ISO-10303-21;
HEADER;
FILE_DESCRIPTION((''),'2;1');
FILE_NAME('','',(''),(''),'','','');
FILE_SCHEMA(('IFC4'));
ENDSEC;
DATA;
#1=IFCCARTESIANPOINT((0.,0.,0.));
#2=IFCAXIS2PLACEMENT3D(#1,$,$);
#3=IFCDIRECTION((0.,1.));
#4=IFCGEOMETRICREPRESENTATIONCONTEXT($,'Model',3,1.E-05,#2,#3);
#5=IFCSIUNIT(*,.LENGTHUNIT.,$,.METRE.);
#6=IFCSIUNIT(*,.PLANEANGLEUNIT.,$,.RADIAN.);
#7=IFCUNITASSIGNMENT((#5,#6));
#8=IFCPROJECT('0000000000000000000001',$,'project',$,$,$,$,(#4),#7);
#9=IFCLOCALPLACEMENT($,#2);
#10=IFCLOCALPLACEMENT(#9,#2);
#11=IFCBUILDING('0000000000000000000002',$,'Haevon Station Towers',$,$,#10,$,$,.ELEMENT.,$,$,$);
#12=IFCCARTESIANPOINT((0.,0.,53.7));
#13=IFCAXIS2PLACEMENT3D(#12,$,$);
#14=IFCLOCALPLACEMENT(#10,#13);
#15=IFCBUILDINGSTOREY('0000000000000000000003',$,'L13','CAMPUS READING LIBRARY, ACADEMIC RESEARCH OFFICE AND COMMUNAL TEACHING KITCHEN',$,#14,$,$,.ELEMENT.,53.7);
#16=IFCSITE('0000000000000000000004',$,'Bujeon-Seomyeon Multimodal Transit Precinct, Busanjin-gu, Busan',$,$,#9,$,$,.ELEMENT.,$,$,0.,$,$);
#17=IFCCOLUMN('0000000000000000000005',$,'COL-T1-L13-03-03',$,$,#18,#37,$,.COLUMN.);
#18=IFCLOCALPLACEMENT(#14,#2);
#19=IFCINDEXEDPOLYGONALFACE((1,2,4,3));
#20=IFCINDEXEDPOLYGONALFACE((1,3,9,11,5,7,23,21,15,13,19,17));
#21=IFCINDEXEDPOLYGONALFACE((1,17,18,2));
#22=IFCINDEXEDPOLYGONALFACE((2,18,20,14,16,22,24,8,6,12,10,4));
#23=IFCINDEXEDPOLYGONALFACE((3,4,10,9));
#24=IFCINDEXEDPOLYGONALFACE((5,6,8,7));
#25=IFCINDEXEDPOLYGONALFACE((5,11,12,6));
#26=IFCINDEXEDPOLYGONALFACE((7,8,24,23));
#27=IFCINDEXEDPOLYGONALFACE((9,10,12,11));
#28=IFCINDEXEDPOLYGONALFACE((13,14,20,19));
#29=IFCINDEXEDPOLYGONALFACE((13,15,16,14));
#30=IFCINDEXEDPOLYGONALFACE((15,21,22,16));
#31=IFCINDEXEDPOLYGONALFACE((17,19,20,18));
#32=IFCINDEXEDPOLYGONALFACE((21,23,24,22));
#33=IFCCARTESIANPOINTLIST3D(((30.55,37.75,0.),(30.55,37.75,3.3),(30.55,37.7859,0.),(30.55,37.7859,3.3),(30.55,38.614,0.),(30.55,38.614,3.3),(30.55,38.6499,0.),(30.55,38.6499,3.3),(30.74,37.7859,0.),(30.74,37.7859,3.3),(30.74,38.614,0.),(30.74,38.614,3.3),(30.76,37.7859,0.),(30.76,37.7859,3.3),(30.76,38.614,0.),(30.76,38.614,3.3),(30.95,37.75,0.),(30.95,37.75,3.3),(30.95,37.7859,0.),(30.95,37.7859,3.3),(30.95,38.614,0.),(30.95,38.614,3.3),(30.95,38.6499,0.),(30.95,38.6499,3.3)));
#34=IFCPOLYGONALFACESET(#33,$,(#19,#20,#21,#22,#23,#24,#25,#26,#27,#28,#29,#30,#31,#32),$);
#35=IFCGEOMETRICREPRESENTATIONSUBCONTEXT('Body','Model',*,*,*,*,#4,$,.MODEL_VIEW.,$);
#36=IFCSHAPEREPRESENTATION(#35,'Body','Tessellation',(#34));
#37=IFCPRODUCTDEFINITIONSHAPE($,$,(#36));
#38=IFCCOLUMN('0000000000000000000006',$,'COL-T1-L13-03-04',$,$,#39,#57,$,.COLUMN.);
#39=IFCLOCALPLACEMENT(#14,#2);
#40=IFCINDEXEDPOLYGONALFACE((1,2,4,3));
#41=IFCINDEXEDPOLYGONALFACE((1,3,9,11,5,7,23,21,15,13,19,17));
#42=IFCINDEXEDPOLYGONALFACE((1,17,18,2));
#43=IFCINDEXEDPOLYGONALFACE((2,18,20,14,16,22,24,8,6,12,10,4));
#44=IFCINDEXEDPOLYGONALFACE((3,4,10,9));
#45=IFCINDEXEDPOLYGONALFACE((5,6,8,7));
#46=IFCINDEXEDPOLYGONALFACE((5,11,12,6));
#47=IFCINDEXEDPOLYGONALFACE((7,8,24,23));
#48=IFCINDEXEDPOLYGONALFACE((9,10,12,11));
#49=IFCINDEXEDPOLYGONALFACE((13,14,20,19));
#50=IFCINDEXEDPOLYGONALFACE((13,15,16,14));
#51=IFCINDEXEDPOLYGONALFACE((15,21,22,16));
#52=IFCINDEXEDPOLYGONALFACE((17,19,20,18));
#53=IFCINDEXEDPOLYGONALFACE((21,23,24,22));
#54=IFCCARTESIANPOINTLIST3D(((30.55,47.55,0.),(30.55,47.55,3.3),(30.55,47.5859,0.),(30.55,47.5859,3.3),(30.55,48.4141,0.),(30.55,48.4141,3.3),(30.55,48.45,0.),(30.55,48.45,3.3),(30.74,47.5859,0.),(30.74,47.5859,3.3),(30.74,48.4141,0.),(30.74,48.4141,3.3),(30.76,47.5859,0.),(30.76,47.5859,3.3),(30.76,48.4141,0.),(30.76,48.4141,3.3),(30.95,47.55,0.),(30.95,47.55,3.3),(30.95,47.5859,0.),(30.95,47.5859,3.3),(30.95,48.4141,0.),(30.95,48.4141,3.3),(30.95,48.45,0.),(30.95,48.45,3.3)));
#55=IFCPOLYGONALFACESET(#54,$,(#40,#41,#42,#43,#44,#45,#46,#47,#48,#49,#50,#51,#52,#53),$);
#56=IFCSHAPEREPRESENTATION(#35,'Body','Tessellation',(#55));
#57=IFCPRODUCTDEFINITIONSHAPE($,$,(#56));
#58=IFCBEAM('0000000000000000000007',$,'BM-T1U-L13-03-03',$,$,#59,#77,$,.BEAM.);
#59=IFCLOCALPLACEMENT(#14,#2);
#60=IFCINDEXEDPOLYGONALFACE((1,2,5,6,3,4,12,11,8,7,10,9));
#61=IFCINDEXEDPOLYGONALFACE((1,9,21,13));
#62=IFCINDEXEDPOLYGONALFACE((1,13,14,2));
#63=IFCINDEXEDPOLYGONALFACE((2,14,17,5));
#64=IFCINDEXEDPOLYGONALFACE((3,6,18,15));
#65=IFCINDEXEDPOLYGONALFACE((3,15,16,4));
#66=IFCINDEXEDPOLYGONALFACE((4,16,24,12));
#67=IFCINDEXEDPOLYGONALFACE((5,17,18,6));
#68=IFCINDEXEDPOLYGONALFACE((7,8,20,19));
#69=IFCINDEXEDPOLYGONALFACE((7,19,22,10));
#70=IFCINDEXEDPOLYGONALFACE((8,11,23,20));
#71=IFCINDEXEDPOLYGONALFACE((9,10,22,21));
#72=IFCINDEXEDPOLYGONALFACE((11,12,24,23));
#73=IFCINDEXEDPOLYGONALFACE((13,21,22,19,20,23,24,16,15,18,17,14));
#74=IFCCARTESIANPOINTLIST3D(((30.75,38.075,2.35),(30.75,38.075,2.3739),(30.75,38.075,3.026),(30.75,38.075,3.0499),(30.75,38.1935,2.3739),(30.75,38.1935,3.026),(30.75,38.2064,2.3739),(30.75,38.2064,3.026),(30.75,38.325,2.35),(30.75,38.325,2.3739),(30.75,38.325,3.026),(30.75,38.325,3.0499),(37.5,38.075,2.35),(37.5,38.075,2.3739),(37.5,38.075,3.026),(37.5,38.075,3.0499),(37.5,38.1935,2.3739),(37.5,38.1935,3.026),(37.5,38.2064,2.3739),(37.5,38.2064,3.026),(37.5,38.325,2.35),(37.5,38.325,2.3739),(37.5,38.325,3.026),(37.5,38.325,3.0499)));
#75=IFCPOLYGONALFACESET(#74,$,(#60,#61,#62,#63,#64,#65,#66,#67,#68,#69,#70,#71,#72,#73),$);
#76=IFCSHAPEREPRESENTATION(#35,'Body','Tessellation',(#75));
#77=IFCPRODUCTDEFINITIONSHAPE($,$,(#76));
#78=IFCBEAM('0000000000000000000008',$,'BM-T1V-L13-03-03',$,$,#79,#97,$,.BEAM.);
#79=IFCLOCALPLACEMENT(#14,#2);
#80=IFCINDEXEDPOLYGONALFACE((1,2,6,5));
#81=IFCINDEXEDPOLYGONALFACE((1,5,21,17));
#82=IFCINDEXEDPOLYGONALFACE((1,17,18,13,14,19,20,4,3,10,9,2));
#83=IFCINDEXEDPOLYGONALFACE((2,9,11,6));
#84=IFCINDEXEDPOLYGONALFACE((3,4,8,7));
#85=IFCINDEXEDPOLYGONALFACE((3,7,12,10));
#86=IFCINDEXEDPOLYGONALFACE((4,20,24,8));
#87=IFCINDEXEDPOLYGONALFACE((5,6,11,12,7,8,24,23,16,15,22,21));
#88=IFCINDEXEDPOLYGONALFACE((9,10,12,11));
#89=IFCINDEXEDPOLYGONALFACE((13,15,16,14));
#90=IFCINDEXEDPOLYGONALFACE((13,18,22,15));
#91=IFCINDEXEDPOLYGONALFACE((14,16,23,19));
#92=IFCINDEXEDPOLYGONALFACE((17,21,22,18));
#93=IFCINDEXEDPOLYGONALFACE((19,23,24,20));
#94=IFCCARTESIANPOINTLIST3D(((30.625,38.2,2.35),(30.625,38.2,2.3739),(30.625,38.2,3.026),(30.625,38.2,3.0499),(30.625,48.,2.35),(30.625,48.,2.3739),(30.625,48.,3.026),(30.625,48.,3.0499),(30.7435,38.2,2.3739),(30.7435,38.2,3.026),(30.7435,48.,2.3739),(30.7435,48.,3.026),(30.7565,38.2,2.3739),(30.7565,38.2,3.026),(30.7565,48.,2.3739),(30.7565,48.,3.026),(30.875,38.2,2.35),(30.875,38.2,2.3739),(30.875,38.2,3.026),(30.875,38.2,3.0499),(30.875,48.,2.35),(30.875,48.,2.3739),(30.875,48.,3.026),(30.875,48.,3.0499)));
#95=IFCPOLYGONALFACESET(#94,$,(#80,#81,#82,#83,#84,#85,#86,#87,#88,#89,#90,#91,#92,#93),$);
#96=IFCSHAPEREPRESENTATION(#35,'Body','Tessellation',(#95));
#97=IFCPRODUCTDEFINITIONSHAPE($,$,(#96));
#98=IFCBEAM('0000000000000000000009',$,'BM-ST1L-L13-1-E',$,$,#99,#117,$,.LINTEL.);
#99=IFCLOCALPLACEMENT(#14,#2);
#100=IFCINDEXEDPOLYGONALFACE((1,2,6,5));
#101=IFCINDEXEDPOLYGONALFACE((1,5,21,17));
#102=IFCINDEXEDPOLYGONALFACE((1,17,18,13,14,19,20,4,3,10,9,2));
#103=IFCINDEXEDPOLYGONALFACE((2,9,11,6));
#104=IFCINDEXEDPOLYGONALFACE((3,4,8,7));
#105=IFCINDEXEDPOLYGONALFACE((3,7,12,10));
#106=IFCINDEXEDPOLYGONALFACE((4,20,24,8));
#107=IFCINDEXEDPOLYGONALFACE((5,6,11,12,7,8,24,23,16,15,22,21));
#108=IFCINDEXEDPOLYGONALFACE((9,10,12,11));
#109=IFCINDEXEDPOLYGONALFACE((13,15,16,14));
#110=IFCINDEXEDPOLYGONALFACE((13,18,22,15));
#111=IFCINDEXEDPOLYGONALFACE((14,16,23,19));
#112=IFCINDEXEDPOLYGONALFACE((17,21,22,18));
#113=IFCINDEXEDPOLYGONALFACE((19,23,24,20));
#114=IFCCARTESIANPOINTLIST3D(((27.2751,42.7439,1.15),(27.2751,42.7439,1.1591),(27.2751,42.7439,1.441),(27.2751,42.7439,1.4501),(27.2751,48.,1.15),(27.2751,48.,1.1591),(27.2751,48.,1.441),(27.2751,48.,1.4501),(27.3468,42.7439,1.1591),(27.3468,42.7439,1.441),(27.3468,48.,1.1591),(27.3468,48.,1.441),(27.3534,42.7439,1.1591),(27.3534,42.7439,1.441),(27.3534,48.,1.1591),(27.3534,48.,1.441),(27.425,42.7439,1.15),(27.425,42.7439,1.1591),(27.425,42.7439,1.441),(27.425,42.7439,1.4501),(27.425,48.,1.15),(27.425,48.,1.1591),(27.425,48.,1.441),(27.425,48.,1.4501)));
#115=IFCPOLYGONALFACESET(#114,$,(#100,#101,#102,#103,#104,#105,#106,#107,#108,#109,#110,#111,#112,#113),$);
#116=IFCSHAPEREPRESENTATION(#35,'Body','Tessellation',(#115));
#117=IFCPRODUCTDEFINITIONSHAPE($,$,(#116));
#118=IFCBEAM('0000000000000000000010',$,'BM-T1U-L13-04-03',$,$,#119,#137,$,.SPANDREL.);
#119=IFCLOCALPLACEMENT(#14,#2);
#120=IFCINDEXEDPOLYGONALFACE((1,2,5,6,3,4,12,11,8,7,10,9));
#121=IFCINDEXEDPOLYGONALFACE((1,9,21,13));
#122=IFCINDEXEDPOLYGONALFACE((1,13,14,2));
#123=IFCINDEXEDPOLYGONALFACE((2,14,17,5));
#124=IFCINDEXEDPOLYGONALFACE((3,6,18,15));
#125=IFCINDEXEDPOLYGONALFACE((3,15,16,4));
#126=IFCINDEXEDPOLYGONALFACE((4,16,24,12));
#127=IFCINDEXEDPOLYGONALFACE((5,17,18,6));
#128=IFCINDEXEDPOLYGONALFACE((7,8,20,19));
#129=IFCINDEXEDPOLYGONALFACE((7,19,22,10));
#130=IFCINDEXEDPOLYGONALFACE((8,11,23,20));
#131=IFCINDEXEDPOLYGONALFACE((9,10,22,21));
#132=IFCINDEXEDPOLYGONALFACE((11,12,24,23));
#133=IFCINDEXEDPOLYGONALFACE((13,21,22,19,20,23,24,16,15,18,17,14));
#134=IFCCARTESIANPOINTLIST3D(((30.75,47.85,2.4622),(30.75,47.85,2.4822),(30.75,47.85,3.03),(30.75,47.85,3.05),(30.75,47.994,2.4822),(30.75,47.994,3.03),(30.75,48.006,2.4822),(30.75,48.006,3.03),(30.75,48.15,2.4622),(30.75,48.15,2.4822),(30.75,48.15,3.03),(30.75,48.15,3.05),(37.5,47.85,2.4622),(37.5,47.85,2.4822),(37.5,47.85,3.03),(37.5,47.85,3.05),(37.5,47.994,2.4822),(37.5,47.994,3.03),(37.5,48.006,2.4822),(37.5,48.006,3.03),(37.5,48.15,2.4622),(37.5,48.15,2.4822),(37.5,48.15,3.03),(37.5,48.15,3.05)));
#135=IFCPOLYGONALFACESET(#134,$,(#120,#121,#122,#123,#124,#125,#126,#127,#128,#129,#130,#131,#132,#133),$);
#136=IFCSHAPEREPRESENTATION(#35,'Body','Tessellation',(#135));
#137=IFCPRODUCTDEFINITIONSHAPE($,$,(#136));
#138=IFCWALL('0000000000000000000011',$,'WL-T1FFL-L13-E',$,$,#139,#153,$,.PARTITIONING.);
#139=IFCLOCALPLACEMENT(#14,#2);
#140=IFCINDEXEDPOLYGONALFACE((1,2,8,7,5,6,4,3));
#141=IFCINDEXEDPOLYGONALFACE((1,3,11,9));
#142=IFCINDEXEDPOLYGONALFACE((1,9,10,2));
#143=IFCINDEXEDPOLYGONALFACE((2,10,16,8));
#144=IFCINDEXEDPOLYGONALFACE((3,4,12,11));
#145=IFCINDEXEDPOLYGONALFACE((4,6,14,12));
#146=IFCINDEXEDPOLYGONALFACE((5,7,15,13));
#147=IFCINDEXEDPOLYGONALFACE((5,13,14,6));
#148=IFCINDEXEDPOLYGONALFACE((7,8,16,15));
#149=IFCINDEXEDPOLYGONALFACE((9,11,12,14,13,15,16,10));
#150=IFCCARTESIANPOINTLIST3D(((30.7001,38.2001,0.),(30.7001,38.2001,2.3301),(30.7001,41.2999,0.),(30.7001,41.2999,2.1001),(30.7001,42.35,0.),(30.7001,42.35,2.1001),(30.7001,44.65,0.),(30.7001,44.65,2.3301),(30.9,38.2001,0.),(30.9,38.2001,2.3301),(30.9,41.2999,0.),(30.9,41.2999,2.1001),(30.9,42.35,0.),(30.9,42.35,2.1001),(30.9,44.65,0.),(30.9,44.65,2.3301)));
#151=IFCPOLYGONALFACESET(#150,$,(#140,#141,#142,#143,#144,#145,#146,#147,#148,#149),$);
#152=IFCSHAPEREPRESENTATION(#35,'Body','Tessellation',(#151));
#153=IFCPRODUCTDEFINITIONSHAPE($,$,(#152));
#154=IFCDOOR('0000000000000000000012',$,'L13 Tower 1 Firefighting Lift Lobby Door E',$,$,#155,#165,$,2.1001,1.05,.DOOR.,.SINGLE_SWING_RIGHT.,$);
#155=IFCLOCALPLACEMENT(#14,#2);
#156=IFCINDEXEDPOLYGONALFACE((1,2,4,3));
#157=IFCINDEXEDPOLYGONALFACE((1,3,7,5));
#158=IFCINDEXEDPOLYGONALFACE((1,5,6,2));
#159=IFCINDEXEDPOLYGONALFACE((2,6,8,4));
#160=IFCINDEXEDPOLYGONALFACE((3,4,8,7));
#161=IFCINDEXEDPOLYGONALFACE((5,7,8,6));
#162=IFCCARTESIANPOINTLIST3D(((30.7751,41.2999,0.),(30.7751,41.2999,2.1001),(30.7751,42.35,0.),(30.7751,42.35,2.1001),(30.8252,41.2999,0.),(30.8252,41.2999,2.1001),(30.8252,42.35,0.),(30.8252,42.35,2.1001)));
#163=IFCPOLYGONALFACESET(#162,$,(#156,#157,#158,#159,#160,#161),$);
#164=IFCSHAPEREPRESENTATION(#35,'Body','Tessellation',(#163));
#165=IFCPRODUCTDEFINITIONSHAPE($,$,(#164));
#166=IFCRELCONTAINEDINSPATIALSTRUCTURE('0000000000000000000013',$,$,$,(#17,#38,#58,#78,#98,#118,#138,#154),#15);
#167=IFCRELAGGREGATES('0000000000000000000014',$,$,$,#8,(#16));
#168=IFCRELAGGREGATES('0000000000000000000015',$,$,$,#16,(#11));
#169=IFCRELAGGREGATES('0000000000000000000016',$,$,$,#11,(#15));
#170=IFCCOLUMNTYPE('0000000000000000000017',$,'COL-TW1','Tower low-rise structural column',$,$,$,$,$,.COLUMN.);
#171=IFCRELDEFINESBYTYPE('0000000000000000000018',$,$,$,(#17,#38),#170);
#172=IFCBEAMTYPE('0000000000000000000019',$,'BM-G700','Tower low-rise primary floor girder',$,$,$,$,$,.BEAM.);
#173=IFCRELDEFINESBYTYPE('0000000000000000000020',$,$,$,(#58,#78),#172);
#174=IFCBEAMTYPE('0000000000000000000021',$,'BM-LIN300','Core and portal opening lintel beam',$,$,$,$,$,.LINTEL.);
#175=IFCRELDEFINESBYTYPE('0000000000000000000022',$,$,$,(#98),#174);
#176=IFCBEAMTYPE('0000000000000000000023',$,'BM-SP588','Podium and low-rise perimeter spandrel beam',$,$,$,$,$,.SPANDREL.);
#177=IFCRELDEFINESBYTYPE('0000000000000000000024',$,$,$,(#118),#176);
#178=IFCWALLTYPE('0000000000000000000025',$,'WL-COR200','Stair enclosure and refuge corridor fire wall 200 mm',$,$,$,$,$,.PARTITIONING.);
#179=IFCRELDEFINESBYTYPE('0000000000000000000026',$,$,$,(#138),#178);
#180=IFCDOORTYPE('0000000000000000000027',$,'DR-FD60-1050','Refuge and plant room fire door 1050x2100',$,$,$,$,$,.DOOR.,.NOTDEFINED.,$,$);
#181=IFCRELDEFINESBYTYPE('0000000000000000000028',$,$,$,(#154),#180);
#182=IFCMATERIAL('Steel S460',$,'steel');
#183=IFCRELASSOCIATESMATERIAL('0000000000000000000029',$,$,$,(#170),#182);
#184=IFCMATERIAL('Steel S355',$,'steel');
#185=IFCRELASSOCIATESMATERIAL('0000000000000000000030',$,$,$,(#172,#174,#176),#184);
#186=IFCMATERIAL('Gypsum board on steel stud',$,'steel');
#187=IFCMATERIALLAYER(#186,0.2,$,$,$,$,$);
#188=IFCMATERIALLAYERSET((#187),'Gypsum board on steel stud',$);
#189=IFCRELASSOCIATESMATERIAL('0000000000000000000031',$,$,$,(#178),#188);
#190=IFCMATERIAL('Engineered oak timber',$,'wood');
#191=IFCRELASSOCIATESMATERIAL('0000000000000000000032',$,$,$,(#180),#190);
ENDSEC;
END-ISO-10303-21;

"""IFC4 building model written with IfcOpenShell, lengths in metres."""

from ifc_helpers import new_model, si_unit, direction, frame, frame_2d, origin, origin_2d, place, context, subcontext, project, spatial, rectangle, i_section, extrude, material, layer, layer_set, material_profile, profile_set, type_object, element, fill, save


model = new_model("IFC4")

# Units and contexts
model_context = context("Model", 3, precision=1e-05, world=origin(), true_north=direction((0.0, 1.0)))
body_context = subcontext(model_context, "Body", "Model", "MODEL_VIEW")
ifc_project = project(units=[si_unit("LENGTHUNIT", "METRE"), si_unit("PLANEANGLEUNIT", "RADIAN")], contexts=[model_context])

# Site, building, storey
site_placement = place(None, origin())
site = spatial("IfcSite", under=ifc_project, at=site_placement, Name="Bujeon-Seomyeon Multimodal Transit Precinct, Busanjin-gu, Busan", CompositionType="ELEMENT", RefElevation=0.0)
building_placement = place(site_placement, origin())
building = spatial("IfcBuilding", under=site, at=building_placement, Name="Haevon Station Towers", CompositionType="ELEMENT")
storey_placement = place(building_placement, frame((0.0, 0.0, 53.7)))
storey = spatial("IfcBuildingStorey", under=building, at=storey_placement, Name="L13", Description="CAMPUS READING LIBRARY, ACADEMIC RESEARCH OFFICE AND COMMUNAL TEACHING KITCHEN", CompositionType="ELEMENT", Elevation=53.7)

# Columns
ifc_material_1 = material(Name="Steel S460", Category="steel")
ifc_material_profile_1 = material_profile(ifc_material_1, i_section(OverallWidth=0.3999, OverallDepth=0.8999, WebThickness=0.02, FlangeThickness=0.0359, at=origin_2d()), Name="H-900x400x20x36")
ifc_profile_set_1 = profile_set([ifc_material_profile_1], Name="Steel S460")
column_type = type_object("IfcColumnType", Name="COL-TW1", Description="Tower low-rise structural column", PredefinedType="COLUMN", material=ifc_profile_set_1)
for number, where, z_axis, x_axis, name in (
    (1, (30.75, 38.2, 0.0), (0.0, 0.0, 1.0), (1.0, 0.0, 0.0), "COL-T1-L13-03-03"),
    (2, (30.75, 48.0, 0.0), (0.0, 0.0, 1.0), (1.0, 0.0, 0.0), "COL-T1-L13-03-04"),
):
    element("IfcColumn", number, at=place(storey_placement, frame(where, z_axis=z_axis, x_axis=x_axis)), inside=storey, type_object=column_type, Name=name, PredefinedType="COLUMN", context=body_context, shape_type="SweptSolid", body=[
        extrude(i_section(OverallWidth=0.3999, OverallDepth=0.8999, WebThickness=0.02, FlangeThickness=0.0359, at=origin_2d()), origin(), (0.0, 0.0, 1.0), 3.3),
    ])

# Beams
ifc_material_2 = material(Name="Steel S355", Category="steel")
ifc_material_profile_2 = material_profile(ifc_material_2, i_section(OverallWidth=0.25, OverallDepth=0.7, WebThickness=0.0129, FlangeThickness=0.0239, at=origin_2d()), Name="H-700x250x13x24")
ifc_profile_set_2 = profile_set([ifc_material_profile_2], Name="Steel S355")
beam_type_1 = type_object("IfcBeamType", Name="BM-G700", Description="Tower low-rise primary floor girder", PredefinedType="BEAM", material=ifc_profile_set_2)
beam_1_placement = place(storey_placement, frame((30.75, 38.2, 2.7), z_axis=(1.0, 0.0, 0.0), x_axis=(0.0, 1.0, 0.0)))
element("IfcBeam", 3, at=beam_1_placement, inside=storey, type_object=beam_type_1, Name="BM-T1U-L13-03-03", PredefinedType="BEAM", context=body_context, shape_type="SweptSolid", body=[
    extrude(i_section(OverallWidth=0.25, OverallDepth=0.7, WebThickness=0.0129, FlangeThickness=0.0239, at=origin_2d()), origin(), (0.0, 0.0, 1.0), 6.75),
])
beam_2_placement = place(storey_placement, frame((30.75, 38.2, 2.7), z_axis=(0.0, 1.0, 0.0), x_axis=(-1.0, 0.0, 0.0)))
element("IfcBeam", 4, at=beam_2_placement, inside=storey, type_object=beam_type_1, Name="BM-T1V-L13-03-03", PredefinedType="BEAM", context=body_context, shape_type="SweptSolid", body=[
    extrude(i_section(OverallWidth=0.25, OverallDepth=0.7, WebThickness=0.0129, FlangeThickness=0.0239, at=origin_2d()), origin(), (0.0, 0.0, 1.0), 9.8),
])
ifc_material_profile_3 = material_profile(ifc_material_2, i_section(OverallWidth=0.1499, OverallDepth=0.3, WebThickness=0.0066, FlangeThickness=0.009, at=origin_2d()), Name="H-300x150x6.5x9")
ifc_profile_set_3 = profile_set([ifc_material_profile_3], Name="Steel S355")
beam_type_2 = type_object("IfcBeamType", Name="BM-LIN300", Description="Core and portal opening lintel beam", PredefinedType="LINTEL", material=ifc_profile_set_3)
beam_3_placement = place(storey_placement, frame((27.3501, 42.7439, 1.3), z_axis=(0.0, 1.0, 0.0), x_axis=(-1.0, 0.0, 0.0)))
element("IfcBeam", 5, at=beam_3_placement, inside=storey, type_object=beam_type_2, Name="BM-ST1L-L13-1-E", PredefinedType="LINTEL", context=body_context, shape_type="SweptSolid", body=[
    extrude(i_section(OverallWidth=0.1499, OverallDepth=0.3, WebThickness=0.0066, FlangeThickness=0.009, at=origin_2d()), origin(), (0.0, 0.0, 1.0), 5.2561),
])
ifc_material_profile_4 = material_profile(ifc_material_2, i_section(OverallWidth=0.3, OverallDepth=0.5879, WebThickness=0.012, FlangeThickness=0.02, at=origin_2d()), Name="H-588x300x12x20")
ifc_profile_set_4 = profile_set([ifc_material_profile_4], Name="Steel S355")
beam_type_3 = type_object("IfcBeamType", Name="BM-SP588", Description="Podium and low-rise perimeter spandrel beam", PredefinedType="SPANDREL", material=ifc_profile_set_4)
beam_4_placement = place(storey_placement, frame((30.75, 48.0, 2.7561), z_axis=(1.0, 0.0, 0.0), x_axis=(0.0, 1.0, 0.0)))
element("IfcBeam", 6, at=beam_4_placement, inside=storey, type_object=beam_type_3, Name="BM-T1U-L13-04-03", PredefinedType="SPANDREL", context=body_context, shape_type="SweptSolid", body=[
    extrude(i_section(OverallWidth=0.3, OverallDepth=0.5879, WebThickness=0.012, FlangeThickness=0.02, at=origin_2d()), origin(), (0.0, 0.0, 1.0), 6.75),
])

# Wall, opening, door
ifc_material_3 = material(Name="Gypsum board on steel stud", Category="steel")
ifc_layer_1 = layer(ifc_material_3, 0.2)
ifc_layer_set_1 = layer_set([ifc_layer_1], Name="Gypsum board on steel stud")
wall_type_1 = type_object("IfcWallType", Name="WL-COR200", Description="Stair enclosure and refuge corridor fire wall 200 mm", PredefinedType="PARTITIONING", material=ifc_layer_set_1)
wall_1_placement = place(storey_placement, frame((30.8, 38.2, 0.0), z_axis=(0.0, 0.0, 1.0), x_axis=(0.0, 1.0, 0.0)))
wall_1 = element("IfcWall", 7, at=wall_1_placement, inside=storey, type_object=wall_type_1, Name="WL-T1FFL-L13-E", PredefinedType="PARTITIONING", context=body_context, shape_type="SweptSolid", body=[
    extrude(rectangle(XDim=6.45, YDim=0.2, at=frame_2d((3.2251, 0.0))), origin(), (0.0, 0.0, 1.0), 2.3301),
])
opening_1_placement = place(wall_1_placement, frame((3.1001, 0.0, 0.0)))
opening_1 = element("IfcOpeningElement", 8, at=opening_1_placement, cuts=wall_1, PredefinedType="OPENING", context=body_context, shape_type="SweptSolid", body=[
    extrude(rectangle(XDim=1.05, YDim=2.1001, at=frame_2d((0.5249, 1.05))), frame((0.0, 0.1099, 0.0), z_axis=(0.0, -1.0, 0.0), x_axis=(1.0, 0.0, 0.0)), (0.0, 0.0, 1.0), 0.22),
])
ifc_material_4 = material(Name="Engineered oak timber", Category="wood")
door_type_1 = type_object("IfcDoorType", Name="DR-FD60-1050", Description="Refuge and plant room fire door 1050x2100", OperationType="NOTDEFINED", PredefinedType="DOOR", material=ifc_material_4)
door_1_placement = place(opening_1_placement, origin())
door_1 = element("IfcDoor", 9, at=door_1_placement, inside=storey, type_object=door_type_1, Name="L13 Tower 1 Firefighting Lift Lobby Door E", OperationType="SINGLE_SWING_RIGHT", OverallHeight=2.1001, OverallWidth=1.05, PredefinedType="DOOR", context=body_context, shape_type="SweptSolid", body=[
    extrude(rectangle(XDim=1.05, YDim=2.1001, at=frame_2d((0.5249, 1.05))), frame((0.0, 0.0249, 0.0), z_axis=(0.0, -1.0, 0.0), x_axis=(1.0, 0.0, 0.0)), (0.0, 0.0, 1.0), 0.05),
])
fill(opening_1, door_1)

save(model, "model.ifc")
